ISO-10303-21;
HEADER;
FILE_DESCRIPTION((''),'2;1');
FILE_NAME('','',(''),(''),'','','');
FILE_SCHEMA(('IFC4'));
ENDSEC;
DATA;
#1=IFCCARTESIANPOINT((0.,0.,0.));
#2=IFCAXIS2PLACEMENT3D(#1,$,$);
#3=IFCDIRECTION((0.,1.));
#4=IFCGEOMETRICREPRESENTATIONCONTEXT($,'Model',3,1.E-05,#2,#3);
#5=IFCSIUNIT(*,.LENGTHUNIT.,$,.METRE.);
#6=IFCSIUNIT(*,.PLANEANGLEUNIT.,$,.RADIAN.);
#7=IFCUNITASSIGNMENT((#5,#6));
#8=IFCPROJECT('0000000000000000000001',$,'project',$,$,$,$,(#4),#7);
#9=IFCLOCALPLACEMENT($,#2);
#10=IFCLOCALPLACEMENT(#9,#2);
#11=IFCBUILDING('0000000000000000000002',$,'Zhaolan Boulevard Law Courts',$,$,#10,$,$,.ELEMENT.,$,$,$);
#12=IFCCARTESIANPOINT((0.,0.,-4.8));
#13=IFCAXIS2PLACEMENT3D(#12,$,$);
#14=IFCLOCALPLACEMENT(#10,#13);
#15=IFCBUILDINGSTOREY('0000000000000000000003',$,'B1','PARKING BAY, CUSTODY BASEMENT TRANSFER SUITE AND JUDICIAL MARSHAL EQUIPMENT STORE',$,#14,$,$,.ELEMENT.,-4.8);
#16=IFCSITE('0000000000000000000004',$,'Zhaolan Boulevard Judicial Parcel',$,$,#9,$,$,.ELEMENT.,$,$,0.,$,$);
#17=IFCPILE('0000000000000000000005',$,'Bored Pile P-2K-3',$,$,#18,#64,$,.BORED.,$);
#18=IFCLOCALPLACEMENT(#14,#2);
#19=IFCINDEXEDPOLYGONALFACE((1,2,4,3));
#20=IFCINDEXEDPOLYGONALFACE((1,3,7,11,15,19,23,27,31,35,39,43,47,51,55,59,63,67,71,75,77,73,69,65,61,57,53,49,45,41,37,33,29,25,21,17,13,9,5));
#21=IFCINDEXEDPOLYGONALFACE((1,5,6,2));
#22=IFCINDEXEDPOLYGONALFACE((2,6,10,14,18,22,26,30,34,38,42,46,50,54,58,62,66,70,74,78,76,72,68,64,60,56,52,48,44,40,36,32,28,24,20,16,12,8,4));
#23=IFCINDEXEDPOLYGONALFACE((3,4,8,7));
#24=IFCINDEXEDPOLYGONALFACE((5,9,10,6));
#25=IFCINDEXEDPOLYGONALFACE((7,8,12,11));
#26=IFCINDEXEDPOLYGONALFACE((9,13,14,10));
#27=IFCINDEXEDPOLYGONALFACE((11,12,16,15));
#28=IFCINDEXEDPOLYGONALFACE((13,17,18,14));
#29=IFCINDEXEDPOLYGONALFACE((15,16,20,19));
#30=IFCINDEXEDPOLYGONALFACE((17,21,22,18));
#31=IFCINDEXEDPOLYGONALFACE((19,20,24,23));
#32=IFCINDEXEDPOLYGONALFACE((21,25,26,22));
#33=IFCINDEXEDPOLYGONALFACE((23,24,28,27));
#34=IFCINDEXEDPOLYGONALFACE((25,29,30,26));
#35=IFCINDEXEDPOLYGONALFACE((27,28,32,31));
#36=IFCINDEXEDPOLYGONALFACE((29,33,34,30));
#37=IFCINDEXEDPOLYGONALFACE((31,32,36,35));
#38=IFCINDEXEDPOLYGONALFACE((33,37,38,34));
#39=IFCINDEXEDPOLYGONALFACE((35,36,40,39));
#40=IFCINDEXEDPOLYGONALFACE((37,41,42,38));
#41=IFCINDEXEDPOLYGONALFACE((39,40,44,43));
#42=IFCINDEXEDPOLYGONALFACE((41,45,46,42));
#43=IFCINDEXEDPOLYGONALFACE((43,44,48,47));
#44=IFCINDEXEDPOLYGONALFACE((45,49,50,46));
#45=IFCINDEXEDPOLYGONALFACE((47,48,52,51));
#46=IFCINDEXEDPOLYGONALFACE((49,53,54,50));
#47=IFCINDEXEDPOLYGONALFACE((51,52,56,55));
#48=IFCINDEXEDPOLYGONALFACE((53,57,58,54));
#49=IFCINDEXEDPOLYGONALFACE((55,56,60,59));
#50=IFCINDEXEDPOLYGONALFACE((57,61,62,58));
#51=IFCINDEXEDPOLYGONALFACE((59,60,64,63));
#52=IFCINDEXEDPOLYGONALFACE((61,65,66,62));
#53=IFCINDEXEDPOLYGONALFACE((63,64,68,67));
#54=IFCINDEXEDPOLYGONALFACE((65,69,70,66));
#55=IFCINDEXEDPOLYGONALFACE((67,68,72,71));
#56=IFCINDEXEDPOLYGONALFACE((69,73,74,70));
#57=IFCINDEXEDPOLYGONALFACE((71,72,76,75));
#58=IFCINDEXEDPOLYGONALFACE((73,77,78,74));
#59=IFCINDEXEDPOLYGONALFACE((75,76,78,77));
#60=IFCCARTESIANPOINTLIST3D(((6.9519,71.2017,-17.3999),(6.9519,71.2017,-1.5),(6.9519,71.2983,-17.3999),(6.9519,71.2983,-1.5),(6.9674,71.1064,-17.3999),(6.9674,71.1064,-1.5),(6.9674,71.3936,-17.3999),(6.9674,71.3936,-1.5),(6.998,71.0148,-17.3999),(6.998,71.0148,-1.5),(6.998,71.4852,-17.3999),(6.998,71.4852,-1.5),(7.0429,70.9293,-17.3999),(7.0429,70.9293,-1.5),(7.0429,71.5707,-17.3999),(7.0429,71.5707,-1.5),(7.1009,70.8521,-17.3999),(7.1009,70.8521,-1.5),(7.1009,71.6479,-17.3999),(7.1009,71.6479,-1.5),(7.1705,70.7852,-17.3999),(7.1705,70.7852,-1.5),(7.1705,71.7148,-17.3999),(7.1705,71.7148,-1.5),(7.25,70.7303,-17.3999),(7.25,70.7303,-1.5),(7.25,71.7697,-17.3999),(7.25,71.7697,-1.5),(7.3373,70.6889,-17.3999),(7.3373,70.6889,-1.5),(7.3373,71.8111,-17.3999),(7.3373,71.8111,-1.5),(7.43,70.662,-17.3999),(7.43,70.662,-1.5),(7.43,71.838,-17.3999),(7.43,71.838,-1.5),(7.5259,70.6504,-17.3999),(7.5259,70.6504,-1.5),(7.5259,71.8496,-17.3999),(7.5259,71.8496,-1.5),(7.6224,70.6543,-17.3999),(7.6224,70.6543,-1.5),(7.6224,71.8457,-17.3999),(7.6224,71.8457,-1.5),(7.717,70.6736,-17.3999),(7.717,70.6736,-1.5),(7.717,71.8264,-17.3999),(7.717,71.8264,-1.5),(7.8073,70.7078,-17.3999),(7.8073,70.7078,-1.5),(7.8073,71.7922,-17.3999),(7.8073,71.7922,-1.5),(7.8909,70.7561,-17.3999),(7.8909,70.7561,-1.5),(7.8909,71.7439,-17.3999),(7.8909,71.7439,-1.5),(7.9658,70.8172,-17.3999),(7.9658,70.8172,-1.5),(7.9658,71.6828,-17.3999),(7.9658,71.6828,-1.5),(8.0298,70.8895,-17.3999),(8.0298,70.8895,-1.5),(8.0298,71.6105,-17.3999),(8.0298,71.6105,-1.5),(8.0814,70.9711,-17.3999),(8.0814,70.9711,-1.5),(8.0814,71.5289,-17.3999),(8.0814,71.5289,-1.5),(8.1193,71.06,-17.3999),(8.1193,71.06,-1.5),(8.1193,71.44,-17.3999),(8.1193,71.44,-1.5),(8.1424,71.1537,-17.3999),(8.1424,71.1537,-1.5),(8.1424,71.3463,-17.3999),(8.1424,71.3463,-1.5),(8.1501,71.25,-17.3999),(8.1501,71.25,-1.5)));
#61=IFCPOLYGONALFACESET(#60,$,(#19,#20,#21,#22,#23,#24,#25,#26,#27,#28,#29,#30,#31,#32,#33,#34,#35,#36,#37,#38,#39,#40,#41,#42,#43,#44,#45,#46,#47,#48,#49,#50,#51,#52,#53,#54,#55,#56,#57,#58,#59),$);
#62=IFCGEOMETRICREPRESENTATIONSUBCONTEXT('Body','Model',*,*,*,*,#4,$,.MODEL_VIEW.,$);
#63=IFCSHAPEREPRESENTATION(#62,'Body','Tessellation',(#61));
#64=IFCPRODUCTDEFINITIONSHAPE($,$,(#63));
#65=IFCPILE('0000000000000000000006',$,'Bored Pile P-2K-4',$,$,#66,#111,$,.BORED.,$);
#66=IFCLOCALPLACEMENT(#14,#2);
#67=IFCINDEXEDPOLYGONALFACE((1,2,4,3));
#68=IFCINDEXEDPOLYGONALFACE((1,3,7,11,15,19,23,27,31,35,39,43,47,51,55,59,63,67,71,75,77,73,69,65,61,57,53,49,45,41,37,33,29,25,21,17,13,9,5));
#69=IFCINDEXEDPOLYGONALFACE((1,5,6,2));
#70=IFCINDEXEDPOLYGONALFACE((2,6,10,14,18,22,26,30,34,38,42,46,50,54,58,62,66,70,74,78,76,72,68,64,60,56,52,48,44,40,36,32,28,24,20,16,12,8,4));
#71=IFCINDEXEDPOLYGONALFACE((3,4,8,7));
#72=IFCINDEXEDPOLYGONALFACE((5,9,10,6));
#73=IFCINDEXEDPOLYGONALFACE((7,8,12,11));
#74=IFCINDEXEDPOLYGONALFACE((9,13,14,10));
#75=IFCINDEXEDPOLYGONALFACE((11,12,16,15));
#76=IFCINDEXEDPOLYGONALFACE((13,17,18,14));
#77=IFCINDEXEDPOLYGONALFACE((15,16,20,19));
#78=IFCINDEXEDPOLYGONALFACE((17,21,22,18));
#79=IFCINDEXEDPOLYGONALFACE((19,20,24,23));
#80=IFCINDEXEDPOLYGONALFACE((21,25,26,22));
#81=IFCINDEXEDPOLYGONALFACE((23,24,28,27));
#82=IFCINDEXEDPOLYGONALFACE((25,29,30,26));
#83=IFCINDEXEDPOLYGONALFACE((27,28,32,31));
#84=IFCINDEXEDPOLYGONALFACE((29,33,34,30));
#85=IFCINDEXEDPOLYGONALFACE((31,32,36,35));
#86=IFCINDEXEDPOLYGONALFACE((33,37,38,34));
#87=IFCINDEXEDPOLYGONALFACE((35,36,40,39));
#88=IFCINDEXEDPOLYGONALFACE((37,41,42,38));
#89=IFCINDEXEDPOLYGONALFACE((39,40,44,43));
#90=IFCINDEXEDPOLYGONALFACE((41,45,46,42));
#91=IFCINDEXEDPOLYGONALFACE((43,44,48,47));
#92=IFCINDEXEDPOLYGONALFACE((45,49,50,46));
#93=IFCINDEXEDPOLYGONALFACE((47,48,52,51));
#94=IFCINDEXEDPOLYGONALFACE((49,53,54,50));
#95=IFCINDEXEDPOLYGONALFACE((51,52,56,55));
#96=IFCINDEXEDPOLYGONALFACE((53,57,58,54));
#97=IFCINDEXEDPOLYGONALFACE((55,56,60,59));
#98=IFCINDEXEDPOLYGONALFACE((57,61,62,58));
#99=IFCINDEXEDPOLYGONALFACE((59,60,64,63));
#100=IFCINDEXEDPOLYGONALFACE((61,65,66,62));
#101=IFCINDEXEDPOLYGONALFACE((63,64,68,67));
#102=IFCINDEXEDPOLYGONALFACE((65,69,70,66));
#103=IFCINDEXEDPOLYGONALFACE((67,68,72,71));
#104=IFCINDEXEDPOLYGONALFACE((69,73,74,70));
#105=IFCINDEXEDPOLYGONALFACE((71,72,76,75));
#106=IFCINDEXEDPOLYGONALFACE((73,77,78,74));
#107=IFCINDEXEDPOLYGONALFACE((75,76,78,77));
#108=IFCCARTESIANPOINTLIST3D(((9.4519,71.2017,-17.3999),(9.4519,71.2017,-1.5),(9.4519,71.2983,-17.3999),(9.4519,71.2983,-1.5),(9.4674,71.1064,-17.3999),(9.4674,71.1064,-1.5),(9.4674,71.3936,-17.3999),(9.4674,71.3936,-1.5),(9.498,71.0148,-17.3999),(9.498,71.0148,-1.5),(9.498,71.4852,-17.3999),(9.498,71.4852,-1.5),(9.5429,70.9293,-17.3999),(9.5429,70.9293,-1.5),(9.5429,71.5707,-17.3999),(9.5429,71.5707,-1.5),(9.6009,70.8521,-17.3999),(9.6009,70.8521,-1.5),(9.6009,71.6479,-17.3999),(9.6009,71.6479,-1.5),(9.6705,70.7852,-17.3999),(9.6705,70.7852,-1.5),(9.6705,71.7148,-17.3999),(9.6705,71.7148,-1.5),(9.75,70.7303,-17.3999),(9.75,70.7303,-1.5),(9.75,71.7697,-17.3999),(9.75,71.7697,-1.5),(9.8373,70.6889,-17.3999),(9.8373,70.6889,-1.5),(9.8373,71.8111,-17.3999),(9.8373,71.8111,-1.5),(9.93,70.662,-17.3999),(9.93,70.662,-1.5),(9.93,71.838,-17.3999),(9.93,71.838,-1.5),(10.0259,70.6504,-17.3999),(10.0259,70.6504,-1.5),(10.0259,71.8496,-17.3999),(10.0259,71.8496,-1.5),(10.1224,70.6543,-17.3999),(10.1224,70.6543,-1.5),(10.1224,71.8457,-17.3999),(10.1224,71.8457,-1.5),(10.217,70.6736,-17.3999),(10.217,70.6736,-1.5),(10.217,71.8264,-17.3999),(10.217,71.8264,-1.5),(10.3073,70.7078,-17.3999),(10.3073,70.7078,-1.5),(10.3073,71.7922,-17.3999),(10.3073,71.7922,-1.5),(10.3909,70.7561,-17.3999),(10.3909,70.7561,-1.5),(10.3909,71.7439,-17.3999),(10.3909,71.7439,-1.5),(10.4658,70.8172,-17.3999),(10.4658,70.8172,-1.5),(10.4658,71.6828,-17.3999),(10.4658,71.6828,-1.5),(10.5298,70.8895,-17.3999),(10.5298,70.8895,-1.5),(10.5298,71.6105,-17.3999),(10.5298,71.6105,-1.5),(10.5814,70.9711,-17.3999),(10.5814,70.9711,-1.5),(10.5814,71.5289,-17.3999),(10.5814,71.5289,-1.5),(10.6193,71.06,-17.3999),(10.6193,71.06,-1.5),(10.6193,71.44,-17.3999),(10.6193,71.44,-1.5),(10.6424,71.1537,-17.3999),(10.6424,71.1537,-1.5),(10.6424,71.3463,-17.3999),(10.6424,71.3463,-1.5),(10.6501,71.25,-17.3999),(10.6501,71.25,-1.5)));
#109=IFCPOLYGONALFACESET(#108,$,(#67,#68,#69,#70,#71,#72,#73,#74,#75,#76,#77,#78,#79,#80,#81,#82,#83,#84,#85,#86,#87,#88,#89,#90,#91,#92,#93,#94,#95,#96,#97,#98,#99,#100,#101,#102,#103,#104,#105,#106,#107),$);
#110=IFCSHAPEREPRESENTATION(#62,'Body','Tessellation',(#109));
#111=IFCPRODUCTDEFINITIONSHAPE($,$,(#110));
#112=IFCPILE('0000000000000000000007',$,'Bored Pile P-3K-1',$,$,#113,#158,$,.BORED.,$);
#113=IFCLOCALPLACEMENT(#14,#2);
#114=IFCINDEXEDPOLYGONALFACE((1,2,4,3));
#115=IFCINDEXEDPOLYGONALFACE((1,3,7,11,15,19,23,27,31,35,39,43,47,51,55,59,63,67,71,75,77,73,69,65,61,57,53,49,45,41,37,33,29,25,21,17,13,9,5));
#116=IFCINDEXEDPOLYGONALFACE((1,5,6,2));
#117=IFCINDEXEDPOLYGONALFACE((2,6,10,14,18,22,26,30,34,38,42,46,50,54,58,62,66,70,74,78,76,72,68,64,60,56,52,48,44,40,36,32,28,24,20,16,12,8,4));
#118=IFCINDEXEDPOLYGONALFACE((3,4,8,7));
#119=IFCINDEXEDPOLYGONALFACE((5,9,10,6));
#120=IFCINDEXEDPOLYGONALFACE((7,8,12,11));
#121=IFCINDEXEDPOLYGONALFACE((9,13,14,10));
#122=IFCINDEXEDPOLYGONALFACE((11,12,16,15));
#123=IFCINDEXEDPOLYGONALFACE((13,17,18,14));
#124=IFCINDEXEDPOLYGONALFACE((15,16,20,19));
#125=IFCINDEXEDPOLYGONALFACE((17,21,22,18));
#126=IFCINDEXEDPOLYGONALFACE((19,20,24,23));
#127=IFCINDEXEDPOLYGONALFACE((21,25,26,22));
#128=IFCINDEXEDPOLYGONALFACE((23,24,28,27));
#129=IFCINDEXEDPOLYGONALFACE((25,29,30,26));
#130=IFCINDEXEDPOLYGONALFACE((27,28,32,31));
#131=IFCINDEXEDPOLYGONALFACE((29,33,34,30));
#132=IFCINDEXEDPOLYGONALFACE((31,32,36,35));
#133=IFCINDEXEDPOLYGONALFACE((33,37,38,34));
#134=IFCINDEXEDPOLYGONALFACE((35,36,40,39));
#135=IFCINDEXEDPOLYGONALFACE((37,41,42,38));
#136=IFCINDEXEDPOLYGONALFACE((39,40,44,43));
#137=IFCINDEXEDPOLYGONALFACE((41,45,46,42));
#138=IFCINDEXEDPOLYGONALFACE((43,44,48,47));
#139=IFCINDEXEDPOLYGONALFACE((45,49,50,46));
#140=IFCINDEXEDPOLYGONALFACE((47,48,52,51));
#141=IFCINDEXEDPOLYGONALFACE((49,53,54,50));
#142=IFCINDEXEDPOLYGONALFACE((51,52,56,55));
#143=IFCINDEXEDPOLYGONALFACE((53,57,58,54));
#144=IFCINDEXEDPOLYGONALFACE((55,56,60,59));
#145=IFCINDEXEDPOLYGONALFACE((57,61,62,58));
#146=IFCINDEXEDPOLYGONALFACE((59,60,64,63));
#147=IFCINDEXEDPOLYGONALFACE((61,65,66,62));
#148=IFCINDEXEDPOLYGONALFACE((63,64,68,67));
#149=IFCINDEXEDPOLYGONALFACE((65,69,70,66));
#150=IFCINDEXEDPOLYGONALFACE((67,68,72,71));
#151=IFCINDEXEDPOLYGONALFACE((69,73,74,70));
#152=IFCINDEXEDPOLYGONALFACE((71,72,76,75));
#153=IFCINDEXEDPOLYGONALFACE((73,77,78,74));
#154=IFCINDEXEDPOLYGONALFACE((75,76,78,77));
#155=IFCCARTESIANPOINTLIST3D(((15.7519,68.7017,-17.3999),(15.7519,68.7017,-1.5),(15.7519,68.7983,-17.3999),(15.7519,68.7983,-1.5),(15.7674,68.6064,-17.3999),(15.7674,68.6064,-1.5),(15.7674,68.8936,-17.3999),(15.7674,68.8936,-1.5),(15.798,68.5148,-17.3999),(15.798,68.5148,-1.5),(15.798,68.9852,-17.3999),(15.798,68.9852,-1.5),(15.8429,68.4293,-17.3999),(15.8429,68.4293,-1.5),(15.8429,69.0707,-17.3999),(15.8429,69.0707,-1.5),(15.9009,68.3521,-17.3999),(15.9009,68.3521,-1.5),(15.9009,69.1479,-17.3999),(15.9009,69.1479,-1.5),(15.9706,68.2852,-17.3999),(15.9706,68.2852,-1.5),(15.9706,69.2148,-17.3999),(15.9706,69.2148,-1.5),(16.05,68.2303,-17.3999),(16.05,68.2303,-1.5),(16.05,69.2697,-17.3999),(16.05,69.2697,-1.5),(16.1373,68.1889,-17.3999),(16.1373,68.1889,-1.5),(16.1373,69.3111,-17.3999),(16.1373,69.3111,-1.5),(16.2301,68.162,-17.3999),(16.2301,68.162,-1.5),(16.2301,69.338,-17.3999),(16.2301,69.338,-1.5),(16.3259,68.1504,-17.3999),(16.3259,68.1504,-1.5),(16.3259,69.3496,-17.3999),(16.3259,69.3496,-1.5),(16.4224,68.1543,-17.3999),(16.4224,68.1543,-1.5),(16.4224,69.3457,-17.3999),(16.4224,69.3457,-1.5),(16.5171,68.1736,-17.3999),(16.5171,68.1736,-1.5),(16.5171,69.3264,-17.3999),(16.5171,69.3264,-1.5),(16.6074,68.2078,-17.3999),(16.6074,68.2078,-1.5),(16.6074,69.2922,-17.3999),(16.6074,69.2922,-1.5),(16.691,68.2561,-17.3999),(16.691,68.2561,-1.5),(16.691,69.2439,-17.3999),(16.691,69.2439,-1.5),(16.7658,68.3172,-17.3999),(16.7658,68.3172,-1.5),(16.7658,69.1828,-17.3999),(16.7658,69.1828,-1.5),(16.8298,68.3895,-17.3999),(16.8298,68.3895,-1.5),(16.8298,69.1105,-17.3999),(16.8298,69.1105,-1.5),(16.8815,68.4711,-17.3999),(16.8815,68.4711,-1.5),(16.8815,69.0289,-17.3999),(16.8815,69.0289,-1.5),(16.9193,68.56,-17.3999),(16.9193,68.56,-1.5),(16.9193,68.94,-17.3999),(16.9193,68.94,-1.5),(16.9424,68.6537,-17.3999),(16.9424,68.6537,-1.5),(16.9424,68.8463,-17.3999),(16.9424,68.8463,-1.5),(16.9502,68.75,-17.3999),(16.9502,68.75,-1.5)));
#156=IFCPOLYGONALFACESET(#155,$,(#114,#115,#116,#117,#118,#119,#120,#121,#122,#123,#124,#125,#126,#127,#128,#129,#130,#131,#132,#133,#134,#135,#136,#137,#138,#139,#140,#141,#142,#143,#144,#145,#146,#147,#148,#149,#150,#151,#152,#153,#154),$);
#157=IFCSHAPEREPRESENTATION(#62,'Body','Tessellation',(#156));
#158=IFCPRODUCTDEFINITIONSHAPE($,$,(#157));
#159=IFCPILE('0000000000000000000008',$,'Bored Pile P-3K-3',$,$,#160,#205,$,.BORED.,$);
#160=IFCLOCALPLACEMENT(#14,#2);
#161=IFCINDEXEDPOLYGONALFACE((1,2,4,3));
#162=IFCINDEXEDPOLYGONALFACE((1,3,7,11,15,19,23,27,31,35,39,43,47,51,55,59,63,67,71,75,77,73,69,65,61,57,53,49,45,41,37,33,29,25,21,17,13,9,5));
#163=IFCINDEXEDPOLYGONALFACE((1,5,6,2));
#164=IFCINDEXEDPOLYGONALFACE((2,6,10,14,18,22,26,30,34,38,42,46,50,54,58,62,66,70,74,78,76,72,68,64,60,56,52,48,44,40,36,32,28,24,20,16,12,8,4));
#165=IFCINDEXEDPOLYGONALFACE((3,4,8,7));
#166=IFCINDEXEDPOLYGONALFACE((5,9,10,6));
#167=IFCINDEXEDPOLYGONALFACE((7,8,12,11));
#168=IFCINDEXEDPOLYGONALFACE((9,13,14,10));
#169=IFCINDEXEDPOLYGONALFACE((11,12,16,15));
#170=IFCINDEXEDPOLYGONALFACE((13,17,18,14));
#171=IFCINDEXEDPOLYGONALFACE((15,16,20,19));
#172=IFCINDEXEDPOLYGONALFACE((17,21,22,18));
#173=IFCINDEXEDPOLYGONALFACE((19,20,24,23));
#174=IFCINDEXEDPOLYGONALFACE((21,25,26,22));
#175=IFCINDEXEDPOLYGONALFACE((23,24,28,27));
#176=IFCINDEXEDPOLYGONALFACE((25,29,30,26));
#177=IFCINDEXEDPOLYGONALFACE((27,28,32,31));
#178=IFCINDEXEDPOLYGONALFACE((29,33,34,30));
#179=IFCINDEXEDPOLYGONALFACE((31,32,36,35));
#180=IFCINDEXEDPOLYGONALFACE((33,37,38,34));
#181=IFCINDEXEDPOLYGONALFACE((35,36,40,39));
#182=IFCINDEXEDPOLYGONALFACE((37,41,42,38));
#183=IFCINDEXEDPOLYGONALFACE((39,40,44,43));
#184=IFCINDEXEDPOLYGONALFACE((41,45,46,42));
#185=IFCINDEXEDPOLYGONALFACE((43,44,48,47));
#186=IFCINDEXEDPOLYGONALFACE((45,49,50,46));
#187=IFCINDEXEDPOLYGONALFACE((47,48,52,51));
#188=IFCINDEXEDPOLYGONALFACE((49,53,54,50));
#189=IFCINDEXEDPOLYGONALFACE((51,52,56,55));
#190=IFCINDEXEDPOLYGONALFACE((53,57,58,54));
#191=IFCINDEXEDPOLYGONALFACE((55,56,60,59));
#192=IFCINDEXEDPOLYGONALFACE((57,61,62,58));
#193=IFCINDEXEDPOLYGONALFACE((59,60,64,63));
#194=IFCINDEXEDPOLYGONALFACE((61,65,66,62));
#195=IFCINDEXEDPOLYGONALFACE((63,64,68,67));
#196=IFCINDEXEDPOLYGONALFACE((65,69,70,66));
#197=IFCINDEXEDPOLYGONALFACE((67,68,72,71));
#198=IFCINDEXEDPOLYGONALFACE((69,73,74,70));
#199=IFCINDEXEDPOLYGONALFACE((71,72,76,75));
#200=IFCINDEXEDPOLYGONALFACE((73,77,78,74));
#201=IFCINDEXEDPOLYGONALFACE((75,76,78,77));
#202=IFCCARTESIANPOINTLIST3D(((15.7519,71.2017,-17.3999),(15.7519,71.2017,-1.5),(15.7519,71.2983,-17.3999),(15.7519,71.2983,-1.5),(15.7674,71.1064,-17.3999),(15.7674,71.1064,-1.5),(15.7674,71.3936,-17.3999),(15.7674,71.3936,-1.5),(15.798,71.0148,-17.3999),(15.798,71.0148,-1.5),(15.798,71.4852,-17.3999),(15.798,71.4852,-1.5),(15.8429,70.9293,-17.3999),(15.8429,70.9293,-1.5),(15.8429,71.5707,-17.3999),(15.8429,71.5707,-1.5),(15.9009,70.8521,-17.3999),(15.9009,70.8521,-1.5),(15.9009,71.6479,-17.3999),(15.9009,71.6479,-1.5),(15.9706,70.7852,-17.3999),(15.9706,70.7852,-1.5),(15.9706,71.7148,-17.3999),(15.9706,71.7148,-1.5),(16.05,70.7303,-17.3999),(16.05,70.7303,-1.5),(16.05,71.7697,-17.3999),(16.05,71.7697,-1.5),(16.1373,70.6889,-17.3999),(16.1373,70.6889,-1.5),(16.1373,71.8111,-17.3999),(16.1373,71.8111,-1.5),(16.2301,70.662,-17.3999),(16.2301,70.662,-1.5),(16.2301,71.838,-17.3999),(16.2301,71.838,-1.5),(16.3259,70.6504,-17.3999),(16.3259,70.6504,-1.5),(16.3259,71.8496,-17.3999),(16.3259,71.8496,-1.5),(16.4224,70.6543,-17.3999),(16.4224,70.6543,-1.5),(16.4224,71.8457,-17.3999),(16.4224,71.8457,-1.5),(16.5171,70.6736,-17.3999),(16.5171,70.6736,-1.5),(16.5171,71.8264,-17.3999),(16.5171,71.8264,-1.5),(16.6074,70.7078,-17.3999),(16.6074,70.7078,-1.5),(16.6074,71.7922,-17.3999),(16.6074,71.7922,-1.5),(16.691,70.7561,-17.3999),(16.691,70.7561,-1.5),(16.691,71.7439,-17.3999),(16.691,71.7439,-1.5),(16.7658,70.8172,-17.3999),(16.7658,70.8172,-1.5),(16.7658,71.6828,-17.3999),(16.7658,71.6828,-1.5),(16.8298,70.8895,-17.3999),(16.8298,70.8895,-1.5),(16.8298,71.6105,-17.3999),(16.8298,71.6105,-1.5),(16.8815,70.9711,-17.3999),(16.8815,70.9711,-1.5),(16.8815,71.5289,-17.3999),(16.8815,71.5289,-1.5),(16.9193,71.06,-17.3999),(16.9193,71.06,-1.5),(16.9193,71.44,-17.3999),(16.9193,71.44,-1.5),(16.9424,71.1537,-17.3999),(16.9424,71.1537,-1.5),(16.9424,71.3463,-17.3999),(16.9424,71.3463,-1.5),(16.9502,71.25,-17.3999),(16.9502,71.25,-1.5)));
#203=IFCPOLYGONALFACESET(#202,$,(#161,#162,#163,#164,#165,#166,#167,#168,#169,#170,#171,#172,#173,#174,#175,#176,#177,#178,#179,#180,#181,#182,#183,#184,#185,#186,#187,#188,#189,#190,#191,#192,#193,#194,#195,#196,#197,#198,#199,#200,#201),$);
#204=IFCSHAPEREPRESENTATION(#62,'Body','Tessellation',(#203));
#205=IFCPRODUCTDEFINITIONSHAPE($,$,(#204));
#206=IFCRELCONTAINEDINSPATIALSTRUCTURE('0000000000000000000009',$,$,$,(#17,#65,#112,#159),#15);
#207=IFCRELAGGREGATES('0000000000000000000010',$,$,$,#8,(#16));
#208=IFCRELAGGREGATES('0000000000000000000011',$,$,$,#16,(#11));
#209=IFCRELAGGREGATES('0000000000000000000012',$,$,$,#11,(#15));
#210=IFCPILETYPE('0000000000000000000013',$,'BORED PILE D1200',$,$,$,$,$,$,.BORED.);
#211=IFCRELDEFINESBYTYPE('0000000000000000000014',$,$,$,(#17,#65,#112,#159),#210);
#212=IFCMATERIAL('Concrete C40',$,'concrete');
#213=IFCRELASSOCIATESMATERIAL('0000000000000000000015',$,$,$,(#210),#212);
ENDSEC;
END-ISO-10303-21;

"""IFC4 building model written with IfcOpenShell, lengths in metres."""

from ifc_helpers import new_model, si_unit, direction, frame, origin, origin_2d, place, context, subcontext, project, spatial, circle, extrude, material, material_profile, profile_set, type_object, element, save


model = new_model("IFC4")

# Units and contexts
model_context = context("Model", 3, precision=1e-05, world=origin(), true_north=direction((0.0, 1.0)))
body_context = subcontext(model_context, "Body", "Model", "MODEL_VIEW")
ifc_project = project(units=[si_unit("LENGTHUNIT", "METRE"), si_unit("PLANEANGLEUNIT", "RADIAN")], contexts=[model_context])

# Site, building, storey
site_placement = place(None, origin())
site = spatial("IfcSite", under=ifc_project, at=site_placement, Name="Zhaolan Boulevard Judicial Parcel", CompositionType="ELEMENT", RefElevation=0.0)
building_placement = place(site_placement, origin())
building = spatial("IfcBuilding", under=site, at=building_placement, Name="Zhaolan Boulevard Law Courts", CompositionType="ELEMENT")
storey_placement = place(building_placement, frame((0.0, 0.0, -4.8)))
storey = spatial("IfcBuildingStorey", under=building, at=storey_placement, Name="B1", Description="PARKING BAY, CUSTODY BASEMENT TRANSFER SUITE AND JUDICIAL MARSHAL EQUIPMENT STORE", CompositionType="ELEMENT", Elevation=-4.8)

# Piles
ifc_material_1 = material(Name="Concrete C40", Category="concrete")
ifc_material_profile_1 = material_profile(ifc_material_1, circle(Radius=0.6001, at=origin_2d()), Name="PILE-D1200")
ifc_profile_set_1 = profile_set([ifc_material_profile_1], Name="Concrete C40")
pile_type_1 = type_object("IfcPileType", Name="BORED PILE D1200", PredefinedType="BORED", material=ifc_profile_set_1)
for number, where, z_axis, x_axis, name in (
    (1, (7.55, 71.25, -1.5), (0.0, 0.0, -1.0), (1.0, 0.0, 0.0), "Bored Pile P-2K-3"),
    (2, (10.05, 71.25, -1.5), (0.0, 0.0, -1.0), (1.0, 0.0, 0.0), "Bored Pile P-2K-4"),
    (3, (16.3501, 68.75, -1.5), (0.0, 0.0, -1.0), (1.0, 0.0, 0.0), "Bored Pile P-3K-1"),
    (4, (16.3501, 71.25, -1.5), (0.0, 0.0, -1.0), (1.0, 0.0, 0.0), "Bored Pile P-3K-3"),
):
    element("IfcPile", number, at=place(storey_placement, frame(where, z_axis=z_axis, x_axis=x_axis)), inside=storey, type_object=pile_type_1, Name=name, PredefinedType="BORED", context=body_context, shape_type="SweptSolid", body=[
        extrude(circle(Radius=0.6001, at=origin_2d()), origin(), (0.0, 0.0, 1.0), 15.8999),
    ])

save(model, "model.ifc")
